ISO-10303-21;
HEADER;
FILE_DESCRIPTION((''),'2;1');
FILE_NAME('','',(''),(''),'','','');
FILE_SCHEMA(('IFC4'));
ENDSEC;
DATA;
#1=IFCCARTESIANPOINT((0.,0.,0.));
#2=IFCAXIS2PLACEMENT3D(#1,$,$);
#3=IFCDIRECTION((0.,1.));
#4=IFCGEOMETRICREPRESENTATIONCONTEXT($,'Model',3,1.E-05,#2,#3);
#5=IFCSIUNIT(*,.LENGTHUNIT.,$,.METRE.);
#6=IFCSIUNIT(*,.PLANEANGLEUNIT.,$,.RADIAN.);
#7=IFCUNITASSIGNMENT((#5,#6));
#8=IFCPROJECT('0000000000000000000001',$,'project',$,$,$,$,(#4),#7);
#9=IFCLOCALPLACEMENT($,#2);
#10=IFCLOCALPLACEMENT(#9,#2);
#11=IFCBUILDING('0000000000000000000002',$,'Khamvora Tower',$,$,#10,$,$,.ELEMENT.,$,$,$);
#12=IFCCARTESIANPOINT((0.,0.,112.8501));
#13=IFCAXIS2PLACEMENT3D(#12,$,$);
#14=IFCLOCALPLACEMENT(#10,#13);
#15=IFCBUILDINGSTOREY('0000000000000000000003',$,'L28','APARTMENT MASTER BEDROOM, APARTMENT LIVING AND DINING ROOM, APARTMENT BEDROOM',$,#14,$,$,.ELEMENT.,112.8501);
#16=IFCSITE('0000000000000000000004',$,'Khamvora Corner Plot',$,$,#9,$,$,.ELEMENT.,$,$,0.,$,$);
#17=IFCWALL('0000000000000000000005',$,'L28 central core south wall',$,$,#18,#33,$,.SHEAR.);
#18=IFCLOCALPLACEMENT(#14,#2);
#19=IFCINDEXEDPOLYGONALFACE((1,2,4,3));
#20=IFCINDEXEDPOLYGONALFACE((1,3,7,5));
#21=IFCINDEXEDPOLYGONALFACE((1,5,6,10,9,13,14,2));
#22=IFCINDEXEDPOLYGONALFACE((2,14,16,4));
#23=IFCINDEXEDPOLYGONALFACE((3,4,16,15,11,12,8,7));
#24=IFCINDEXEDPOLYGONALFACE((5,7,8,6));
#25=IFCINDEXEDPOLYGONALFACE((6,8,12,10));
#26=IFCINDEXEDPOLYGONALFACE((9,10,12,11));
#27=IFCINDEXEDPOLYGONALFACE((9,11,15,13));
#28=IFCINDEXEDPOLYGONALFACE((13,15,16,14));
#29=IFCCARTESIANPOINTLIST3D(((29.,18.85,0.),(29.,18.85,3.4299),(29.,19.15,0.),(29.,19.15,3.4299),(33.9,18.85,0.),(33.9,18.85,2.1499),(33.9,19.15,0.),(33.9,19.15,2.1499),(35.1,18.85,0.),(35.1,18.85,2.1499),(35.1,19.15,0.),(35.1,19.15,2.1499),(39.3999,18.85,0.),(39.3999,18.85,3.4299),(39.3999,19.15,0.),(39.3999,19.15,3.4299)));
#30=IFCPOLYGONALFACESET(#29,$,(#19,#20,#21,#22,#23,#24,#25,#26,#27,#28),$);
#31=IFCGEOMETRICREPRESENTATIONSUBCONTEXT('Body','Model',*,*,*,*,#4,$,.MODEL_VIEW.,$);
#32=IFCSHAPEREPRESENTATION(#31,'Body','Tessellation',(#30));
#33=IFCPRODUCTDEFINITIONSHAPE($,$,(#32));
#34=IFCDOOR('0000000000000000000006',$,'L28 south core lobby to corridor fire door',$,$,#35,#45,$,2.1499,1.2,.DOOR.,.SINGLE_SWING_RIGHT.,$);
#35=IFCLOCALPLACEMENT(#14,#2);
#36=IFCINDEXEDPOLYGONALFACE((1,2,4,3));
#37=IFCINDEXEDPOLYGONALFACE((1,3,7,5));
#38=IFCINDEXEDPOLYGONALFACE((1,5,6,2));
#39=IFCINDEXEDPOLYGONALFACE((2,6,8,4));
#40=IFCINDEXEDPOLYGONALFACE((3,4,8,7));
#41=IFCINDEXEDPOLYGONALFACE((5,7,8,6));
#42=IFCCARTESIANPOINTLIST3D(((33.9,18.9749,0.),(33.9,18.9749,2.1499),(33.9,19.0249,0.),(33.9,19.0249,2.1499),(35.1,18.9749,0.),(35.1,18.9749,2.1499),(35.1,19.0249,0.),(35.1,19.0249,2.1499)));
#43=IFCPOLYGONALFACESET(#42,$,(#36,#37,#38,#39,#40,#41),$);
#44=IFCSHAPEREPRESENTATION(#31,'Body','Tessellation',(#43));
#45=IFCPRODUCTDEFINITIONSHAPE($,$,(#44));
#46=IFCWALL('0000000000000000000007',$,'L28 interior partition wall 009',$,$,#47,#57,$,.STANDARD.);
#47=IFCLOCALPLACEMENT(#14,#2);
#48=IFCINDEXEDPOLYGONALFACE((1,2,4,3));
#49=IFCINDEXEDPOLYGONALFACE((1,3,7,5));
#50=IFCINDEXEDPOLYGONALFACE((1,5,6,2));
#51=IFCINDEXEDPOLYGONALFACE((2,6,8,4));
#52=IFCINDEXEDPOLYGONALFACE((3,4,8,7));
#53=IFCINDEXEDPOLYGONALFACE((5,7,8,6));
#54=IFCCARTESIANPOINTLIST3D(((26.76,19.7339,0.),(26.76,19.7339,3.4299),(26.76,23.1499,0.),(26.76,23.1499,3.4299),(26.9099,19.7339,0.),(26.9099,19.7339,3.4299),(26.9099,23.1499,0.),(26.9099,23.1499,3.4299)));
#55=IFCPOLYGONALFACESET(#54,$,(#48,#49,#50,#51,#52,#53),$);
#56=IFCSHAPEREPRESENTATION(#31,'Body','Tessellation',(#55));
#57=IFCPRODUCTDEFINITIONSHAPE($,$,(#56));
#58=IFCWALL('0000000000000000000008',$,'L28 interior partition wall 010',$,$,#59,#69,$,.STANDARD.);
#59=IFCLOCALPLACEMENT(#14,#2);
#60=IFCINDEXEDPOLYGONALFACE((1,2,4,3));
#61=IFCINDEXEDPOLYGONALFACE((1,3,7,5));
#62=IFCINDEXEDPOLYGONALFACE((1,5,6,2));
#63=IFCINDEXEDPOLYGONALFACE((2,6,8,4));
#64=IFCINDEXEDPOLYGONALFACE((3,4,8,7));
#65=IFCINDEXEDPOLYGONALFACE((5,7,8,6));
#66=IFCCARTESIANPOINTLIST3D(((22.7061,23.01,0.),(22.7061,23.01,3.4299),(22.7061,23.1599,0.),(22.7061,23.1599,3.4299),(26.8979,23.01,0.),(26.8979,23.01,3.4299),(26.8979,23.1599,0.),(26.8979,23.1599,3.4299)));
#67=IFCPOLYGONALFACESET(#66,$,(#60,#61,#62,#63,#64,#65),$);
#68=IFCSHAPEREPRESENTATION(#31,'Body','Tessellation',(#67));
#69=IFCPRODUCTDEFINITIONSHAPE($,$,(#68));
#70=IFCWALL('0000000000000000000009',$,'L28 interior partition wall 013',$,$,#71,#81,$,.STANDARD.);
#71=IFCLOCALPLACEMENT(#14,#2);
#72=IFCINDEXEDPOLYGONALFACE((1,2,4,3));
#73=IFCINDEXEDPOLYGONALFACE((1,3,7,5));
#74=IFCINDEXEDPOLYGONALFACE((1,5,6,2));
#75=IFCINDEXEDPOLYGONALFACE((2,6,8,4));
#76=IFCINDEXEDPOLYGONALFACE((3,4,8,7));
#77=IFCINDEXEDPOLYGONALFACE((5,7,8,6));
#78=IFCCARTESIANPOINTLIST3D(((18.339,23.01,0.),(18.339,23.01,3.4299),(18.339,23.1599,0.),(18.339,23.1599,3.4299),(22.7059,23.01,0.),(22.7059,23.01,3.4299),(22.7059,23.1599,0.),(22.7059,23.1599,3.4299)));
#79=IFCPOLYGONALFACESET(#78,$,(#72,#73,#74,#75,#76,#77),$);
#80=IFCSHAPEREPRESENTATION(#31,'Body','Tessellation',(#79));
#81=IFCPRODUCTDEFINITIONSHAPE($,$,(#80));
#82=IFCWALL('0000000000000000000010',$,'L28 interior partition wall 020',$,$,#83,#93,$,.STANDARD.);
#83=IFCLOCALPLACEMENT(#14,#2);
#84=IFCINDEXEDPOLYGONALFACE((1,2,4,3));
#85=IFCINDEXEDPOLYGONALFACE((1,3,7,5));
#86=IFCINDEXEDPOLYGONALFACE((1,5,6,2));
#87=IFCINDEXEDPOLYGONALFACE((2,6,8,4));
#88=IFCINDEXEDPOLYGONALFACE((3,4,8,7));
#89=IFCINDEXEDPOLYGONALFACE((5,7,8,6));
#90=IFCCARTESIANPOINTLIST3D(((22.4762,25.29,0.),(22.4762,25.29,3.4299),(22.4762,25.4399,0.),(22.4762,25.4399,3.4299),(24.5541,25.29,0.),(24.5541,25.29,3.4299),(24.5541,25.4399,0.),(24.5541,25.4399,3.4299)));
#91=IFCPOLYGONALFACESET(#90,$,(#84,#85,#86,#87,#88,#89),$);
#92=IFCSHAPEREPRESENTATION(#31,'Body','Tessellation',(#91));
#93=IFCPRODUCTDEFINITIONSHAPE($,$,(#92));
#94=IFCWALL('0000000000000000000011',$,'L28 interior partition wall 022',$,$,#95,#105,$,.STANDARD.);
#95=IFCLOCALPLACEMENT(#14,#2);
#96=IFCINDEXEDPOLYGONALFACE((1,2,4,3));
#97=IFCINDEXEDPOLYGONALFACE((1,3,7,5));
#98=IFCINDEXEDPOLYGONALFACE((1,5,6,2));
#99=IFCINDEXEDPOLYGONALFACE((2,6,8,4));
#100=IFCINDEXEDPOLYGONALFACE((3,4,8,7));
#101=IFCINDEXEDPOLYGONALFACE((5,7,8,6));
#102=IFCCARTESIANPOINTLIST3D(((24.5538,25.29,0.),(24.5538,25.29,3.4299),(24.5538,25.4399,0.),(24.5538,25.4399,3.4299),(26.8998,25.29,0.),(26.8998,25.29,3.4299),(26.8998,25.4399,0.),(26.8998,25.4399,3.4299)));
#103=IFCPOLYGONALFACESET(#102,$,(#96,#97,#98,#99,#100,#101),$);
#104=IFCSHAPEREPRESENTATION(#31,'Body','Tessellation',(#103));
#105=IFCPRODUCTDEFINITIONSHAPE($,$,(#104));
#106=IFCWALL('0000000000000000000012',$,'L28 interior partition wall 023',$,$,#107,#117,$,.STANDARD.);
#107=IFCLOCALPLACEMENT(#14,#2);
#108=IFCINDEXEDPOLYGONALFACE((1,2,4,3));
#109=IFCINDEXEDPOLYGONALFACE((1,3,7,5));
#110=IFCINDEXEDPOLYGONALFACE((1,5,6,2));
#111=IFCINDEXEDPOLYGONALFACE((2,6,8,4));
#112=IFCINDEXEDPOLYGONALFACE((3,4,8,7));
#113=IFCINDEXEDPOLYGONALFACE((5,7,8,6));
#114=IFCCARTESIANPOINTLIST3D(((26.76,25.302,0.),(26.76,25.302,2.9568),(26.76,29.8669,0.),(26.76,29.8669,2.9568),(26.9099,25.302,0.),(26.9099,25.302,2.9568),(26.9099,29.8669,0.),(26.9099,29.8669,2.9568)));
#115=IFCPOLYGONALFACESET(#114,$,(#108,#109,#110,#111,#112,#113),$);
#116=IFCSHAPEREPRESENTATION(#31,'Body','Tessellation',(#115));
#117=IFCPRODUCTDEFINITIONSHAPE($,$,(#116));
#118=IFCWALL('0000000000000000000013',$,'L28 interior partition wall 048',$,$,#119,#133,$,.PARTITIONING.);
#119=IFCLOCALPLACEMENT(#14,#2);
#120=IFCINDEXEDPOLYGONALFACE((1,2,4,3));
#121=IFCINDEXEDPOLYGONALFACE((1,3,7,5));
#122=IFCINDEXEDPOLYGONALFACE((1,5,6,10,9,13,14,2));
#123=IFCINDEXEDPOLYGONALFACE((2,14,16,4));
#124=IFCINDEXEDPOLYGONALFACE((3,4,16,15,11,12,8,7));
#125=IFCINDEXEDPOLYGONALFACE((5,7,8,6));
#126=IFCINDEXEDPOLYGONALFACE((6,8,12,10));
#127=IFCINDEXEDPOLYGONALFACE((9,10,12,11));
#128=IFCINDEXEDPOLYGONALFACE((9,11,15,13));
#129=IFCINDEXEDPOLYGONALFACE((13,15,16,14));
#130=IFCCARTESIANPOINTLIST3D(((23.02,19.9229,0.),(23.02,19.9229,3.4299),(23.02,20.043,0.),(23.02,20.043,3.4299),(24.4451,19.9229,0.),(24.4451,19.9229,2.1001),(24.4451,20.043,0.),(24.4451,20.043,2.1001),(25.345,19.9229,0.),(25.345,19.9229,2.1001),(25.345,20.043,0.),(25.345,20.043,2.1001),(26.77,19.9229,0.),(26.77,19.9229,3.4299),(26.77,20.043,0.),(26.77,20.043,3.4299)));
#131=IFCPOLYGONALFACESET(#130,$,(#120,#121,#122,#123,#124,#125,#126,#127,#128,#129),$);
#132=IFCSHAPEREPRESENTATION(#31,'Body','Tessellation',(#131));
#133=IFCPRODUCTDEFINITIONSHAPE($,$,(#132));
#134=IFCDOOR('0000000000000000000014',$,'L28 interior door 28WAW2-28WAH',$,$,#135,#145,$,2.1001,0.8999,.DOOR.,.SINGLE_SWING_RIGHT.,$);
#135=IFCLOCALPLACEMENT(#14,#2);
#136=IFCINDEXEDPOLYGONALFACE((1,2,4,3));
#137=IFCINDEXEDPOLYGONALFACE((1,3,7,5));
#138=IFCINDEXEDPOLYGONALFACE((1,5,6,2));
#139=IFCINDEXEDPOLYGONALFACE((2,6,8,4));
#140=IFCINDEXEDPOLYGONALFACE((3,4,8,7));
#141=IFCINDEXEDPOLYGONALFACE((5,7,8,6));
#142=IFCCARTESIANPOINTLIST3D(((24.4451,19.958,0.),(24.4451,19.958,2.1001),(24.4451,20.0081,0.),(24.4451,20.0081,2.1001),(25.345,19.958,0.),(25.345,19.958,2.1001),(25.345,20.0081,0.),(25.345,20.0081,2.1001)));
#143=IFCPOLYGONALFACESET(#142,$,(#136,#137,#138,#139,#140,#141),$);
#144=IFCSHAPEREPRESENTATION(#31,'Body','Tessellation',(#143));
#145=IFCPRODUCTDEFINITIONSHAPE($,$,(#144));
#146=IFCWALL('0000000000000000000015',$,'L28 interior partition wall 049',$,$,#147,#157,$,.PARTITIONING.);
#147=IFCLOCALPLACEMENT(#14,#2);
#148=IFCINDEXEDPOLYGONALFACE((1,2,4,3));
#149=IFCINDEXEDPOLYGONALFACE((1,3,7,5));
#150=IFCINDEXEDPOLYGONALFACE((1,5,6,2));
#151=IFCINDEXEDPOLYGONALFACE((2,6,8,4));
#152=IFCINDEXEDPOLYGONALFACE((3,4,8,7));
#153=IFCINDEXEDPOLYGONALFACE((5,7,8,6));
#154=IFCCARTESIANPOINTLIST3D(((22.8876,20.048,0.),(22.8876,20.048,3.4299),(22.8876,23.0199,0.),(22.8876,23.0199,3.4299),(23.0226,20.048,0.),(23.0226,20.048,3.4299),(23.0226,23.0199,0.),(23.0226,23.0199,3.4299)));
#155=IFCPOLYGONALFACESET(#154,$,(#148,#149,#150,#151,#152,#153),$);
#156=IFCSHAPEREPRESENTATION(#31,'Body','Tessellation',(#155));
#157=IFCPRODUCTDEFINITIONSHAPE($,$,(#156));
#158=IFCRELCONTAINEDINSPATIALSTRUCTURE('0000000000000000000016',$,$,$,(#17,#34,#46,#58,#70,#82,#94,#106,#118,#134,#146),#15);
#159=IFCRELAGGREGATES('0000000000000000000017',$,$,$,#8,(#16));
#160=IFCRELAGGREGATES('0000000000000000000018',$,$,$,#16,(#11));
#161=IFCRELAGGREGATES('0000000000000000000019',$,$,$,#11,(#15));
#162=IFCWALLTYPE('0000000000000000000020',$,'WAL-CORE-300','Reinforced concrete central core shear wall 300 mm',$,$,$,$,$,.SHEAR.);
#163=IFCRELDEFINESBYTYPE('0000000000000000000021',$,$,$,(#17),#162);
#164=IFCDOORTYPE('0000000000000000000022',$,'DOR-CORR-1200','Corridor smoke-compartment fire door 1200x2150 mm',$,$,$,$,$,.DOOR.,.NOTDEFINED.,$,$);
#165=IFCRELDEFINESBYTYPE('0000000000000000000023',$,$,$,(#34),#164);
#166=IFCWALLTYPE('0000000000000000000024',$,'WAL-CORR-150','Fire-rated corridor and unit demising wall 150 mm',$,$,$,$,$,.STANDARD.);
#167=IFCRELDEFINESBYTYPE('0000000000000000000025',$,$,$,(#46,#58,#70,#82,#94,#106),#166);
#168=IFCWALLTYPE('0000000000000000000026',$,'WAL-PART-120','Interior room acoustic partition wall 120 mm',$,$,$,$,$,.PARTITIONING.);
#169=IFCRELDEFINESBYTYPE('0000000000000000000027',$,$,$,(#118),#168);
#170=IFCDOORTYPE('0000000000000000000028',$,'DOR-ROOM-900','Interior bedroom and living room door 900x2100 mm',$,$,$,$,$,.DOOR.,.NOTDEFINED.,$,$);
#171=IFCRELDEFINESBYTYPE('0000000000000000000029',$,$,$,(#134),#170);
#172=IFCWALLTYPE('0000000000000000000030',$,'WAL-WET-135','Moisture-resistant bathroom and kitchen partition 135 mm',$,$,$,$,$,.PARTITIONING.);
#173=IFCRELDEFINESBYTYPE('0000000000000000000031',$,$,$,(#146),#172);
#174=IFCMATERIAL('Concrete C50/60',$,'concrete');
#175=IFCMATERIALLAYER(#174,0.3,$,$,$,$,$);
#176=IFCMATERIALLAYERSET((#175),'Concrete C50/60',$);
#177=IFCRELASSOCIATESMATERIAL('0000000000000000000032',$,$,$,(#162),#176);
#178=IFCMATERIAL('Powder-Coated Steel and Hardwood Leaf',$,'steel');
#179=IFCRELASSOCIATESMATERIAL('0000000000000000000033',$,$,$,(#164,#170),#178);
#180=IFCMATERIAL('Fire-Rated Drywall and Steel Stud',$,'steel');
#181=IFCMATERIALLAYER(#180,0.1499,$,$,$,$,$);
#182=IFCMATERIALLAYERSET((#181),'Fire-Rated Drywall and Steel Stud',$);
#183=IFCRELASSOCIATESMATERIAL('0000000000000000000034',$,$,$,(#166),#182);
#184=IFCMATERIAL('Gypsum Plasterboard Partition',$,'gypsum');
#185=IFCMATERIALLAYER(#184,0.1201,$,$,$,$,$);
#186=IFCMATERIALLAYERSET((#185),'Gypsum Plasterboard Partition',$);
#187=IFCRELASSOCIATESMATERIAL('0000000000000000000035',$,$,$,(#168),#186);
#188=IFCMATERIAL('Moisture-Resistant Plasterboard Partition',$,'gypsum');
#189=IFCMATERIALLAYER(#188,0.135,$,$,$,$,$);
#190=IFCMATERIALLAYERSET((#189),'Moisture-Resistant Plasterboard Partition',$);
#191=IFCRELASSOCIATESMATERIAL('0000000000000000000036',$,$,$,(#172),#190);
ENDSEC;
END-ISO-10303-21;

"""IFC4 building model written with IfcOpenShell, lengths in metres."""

from ifc_helpers import new_model, si_unit, direction, frame, frame_2d, origin, place, context, subcontext, project, spatial, rectangle, extrude, material, layer, layer_set, type_object, element, fill, save


model = new_model("IFC4")

# Units and contexts
model_context = context("Model", 3, precision=1e-05, world=origin(), true_north=direction((0.0, 1.0)))
body_context = subcontext(model_context, "Body", "Model", "MODEL_VIEW")
ifc_project = project(units=[si_unit("LENGTHUNIT", "METRE"), si_unit("PLANEANGLEUNIT", "RADIAN")], contexts=[model_context])

# Site, building, storey
site_placement = place(None, origin())
site = spatial("IfcSite", under=ifc_project, at=site_placement, Name="Khamvora Corner Plot", CompositionType="ELEMENT", RefElevation=0.0)
building_placement = place(site_placement, origin())
building = spatial("IfcBuilding", under=site, at=building_placement, Name="Khamvora Tower", CompositionType="ELEMENT")
storey_placement = place(building_placement, frame((0.0, 0.0, 112.8501)))
storey = spatial("IfcBuildingStorey", under=building, at=storey_placement, Name="L28", Description="APARTMENT MASTER BEDROOM, APARTMENT LIVING AND DINING ROOM, APARTMENT BEDROOM", CompositionType="ELEMENT", Elevation=112.8501)

# Wall, opening, door
ifc_material_1 = material(Name="Concrete C50/60", Category="concrete")
ifc_layer_1 = layer(ifc_material_1, 0.3)
ifc_layer_set_1 = layer_set([ifc_layer_1], Name="Concrete C50/60")
wall_type_1 = type_object("IfcWallType", Name="WAL-CORE-300", Description="Reinforced concrete central core shear wall 300 mm", PredefinedType="SHEAR", material=ifc_layer_set_1)
wall_1_placement = place(storey_placement, frame((29.0, 19.0, 0.0), z_axis=(0.0, 0.0, 1.0), x_axis=(1.0, 0.0, 0.0)))
wall_1 = element("IfcWall", 1, at=wall_1_placement, inside=storey, type_object=wall_type_1, Name="L28 central core south wall", PredefinedType="SHEAR", context=body_context, shape_type="SweptSolid", body=[
    extrude(rectangle(XDim=10.3999, YDim=0.3, at=frame_2d((5.2, 0.0))), origin(), (0.0, 0.0, 1.0), 3.4299),
])
opening_1_placement = place(wall_1_placement, frame((4.8999, 0.0, 0.0)))
opening_1 = element("IfcOpeningElement", 2, at=opening_1_placement, cuts=wall_1, PredefinedType="OPENING", context=body_context, shape_type="SweptSolid", body=[
    extrude(rectangle(XDim=1.2, YDim=2.1499, at=frame_2d((0.6001, 1.075))), frame((0.0, 0.1599, 0.0), z_axis=(0.0, -1.0, 0.0), x_axis=(1.0, 0.0, 0.0)), (0.0, 0.0, 1.0), 0.3201),
])
ifc_material_2 = material(Name="Powder-Coated Steel and Hardwood Leaf", Category="steel")
door_type_1 = type_object("IfcDoorType", Name="DOR-CORR-1200", Description="Corridor smoke-compartment fire door 1200x2150 mm", OperationType="NOTDEFINED", PredefinedType="DOOR", material=ifc_material_2)
door_1_placement = place(opening_1_placement, origin())
door_1 = element("IfcDoor", 3, at=door_1_placement, inside=storey, type_object=door_type_1, Name="L28 south core lobby to corridor fire door", OperationType="SINGLE_SWING_RIGHT", OverallHeight=2.1499, OverallWidth=1.2, PredefinedType="DOOR", context=body_context, shape_type="SweptSolid", body=[
    extrude(rectangle(XDim=1.2, YDim=2.1499, at=frame_2d((0.6001, 1.075))), frame((0.0, 0.0249, 0.0), z_axis=(0.0, -1.0, 0.0), x_axis=(1.0, 0.0, 0.0)), (0.0, 0.0, 1.0), 0.05),
])
fill(opening_1, door_1)

# Walls
ifc_material_3 = material(Name="Fire-Rated Drywall and Steel Stud", Category="steel")
ifc_layer_2 = layer(ifc_material_3, 0.1499)
ifc_layer_set_2 = layer_set([ifc_layer_2], Name="Fire-Rated Drywall and Steel Stud")
wall_type_2 = type_object("IfcWallType", Name="WAL-CORR-150", Description="Fire-rated corridor and unit demising wall 150 mm", PredefinedType="STANDARD", material=ifc_layer_set_2)
wall_2_placement = place(storey_placement, frame((26.835, 19.7339, 0.0), z_axis=(0.0, 0.0, 1.0), x_axis=(0.0, 1.0, 0.0)))
element("IfcWall", 4, at=wall_2_placement, inside=storey, type_object=wall_type_2, Name="L28 interior partition wall 009", PredefinedType="STANDARD", context=body_context, shape_type="SweptSolid", body=[
    extrude(rectangle(XDim=3.416, YDim=0.1499, at=frame_2d((1.708, 0.0))), origin(), (0.0, 0.0, 1.0), 3.4299),
])
wall_3_placement = place(storey_placement, frame((26.8979, 23.085, 0.0), z_axis=(0.0, 0.0, 1.0), x_axis=(-1.0, 0.0, 0.0)))
element("IfcWall", 5, at=wall_3_placement, inside=storey, type_object=wall_type_2, Name="L28 interior partition wall 010", PredefinedType="STANDARD", context=body_context, shape_type="SweptSolid", body=[
    extrude(rectangle(XDim=4.1919, YDim=0.1499, at=frame_2d((2.0959, 0.0))), origin(), (0.0, 0.0, 1.0), 3.4299),
])
wall_4_placement = place(storey_placement, frame((22.7061, 23.085, 0.0), z_axis=(0.0, 0.0, 1.0), x_axis=(-1.0, 0.0, 0.0)))
element("IfcWall", 6, at=wall_4_placement, inside=storey, type_object=wall_type_2, Name="L28 interior partition wall 013", PredefinedType="STANDARD", context=body_context, shape_type="SweptSolid", body=[
    extrude(rectangle(XDim=4.3669, YDim=0.1499, at=frame_2d((2.1836, 0.0))), origin(), (0.0, 0.0, 1.0), 3.4299),
])
wall_5_placement = place(storey_placement, frame((22.4761, 25.365, 0.0), z_axis=(0.0, 0.0, 1.0), x_axis=(1.0, 0.0, 0.0)))
element("IfcWall", 7, at=wall_5_placement, inside=storey, type_object=wall_type_2, Name="L28 interior partition wall 020", PredefinedType="STANDARD", context=body_context, shape_type="SweptSolid", body=[
    extrude(rectangle(XDim=2.0779, YDim=0.1499, at=frame_2d((1.0391, 0.0))), origin(), (0.0, 0.0, 1.0), 3.4299),
])
wall_6_placement = place(storey_placement, frame((24.554, 25.365, 0.0), z_axis=(0.0, 0.0, 1.0), x_axis=(1.0, 0.0, 0.0)))
element("IfcWall", 8, at=wall_6_placement, inside=storey, type_object=wall_type_2, Name="L28 interior partition wall 022", PredefinedType="STANDARD", context=body_context, shape_type="SweptSolid", body=[
    extrude(rectangle(XDim=2.3459, YDim=0.1499, at=frame_2d((1.1729, 0.0))), origin(), (0.0, 0.0, 1.0), 3.4299),
])
wall_7_placement = place(storey_placement, frame((26.835, 25.302, 0.0), z_axis=(0.0, 0.0, 1.0), x_axis=(0.0, 1.0, 0.0)))
element("IfcWall", 9, at=wall_7_placement, inside=storey, type_object=wall_type_2, Name="L28 interior partition wall 023", PredefinedType="STANDARD", context=body_context, shape_type="SweptSolid", body=[
    extrude(rectangle(XDim=4.5649, YDim=0.1499, at=frame_2d((2.2825, 0.0))), origin(), (0.0, 0.0, 1.0), 2.9568),
])

# Wall, opening, door
ifc_material_4 = material(Name="Gypsum Plasterboard Partition", Category="gypsum")
ifc_layer_3 = layer(ifc_material_4, 0.1201)
ifc_layer_set_3 = layer_set([ifc_layer_3], Name="Gypsum Plasterboard Partition")
wall_type_3 = type_object("IfcWallType", Name="WAL-PART-120", Description="Interior room acoustic partition wall 120 mm", PredefinedType="PARTITIONING", material=ifc_layer_set_3)
wall_8_placement = place(storey_placement, frame((26.77, 19.9829, 0.0), z_axis=(0.0, 0.0, 1.0), x_axis=(-1.0, 0.0, 0.0)))
wall_8 = element("IfcWall", 10, at=wall_8_placement, inside=storey, type_object=wall_type_3, Name="L28 interior partition wall 048", PredefinedType="PARTITIONING", context=body_context, shape_type="SweptSolid", body=[
    extrude(rectangle(XDim=3.75, YDim=0.1201, at=frame_2d((1.875, 0.0))), origin(), (0.0, 0.0, 1.0), 3.4299),
])
opening_2_placement = place(wall_8_placement, frame((1.425, 0.0, 0.0)))
opening_2 = element("IfcOpeningElement", 11, at=opening_2_placement, cuts=wall_8, PredefinedType="OPENING", context=body_context, shape_type="SweptSolid", body=[
    extrude(rectangle(XDim=0.8999, YDim=2.1001, at=frame_2d((0.45, 1.05))), frame((0.0, 0.0701, 0.0), z_axis=(0.0, -1.0, 0.0), x_axis=(1.0, 0.0, 0.0)), (0.0, 0.0, 1.0), 0.1401),
])
door_type_2 = type_object("IfcDoorType", Name="DOR-ROOM-900", Description="Interior bedroom and living room door 900x2100 mm", OperationType="NOTDEFINED", PredefinedType="DOOR", material=ifc_material_2)
door_2_placement = place(opening_2_placement, origin())
door_2 = element("IfcDoor", 12, at=door_2_placement, inside=storey, type_object=door_type_2, Name="L28 interior door 28WAW2-28WAH", OperationType="SINGLE_SWING_RIGHT", OverallHeight=2.1001, OverallWidth=0.8999, PredefinedType="DOOR", context=body_context, shape_type="SweptSolid", body=[
    extrude(rectangle(XDim=0.8999, YDim=2.1001, at=frame_2d((0.45, 1.05))), frame((0.0, 0.0249, 0.0), z_axis=(0.0, -1.0, 0.0), x_axis=(1.0, 0.0, 0.0)), (0.0, 0.0, 1.0), 0.05),
])
fill(opening_2, door_2)

# Wall
ifc_material_5 = material(Name="Moisture-Resistant Plasterboard Partition", Category="gypsum")
ifc_layer_4 = layer(ifc_material_5, 0.135)
ifc_layer_set_4 = layer_set([ifc_layer_4], Name="Moisture-Resistant Plasterboard Partition")
wall_type_4 = type_object("IfcWallType", Name="WAL-WET-135", Description="Moisture-resistant bathroom and kitchen partition 135 mm", PredefinedType="PARTITIONING", material=ifc_layer_set_4)
wall_9_placement = place(storey_placement, frame((22.9551, 20.0481, 0.0), z_axis=(0.0, 0.0, 1.0), x_axis=(0.0, 1.0, 0.0)))
element("IfcWall", 13, at=wall_9_placement, inside=storey, type_object=wall_type_4, Name="L28 interior partition wall 049", PredefinedType="PARTITIONING", context=body_context, shape_type="SweptSolid", body=[
    extrude(rectangle(XDim=2.9719, YDim=0.135, at=frame_2d((1.4858, 0.0))), origin(), (0.0, 0.0, 1.0), 3.4299),
])

save(model, "model.ifc")
